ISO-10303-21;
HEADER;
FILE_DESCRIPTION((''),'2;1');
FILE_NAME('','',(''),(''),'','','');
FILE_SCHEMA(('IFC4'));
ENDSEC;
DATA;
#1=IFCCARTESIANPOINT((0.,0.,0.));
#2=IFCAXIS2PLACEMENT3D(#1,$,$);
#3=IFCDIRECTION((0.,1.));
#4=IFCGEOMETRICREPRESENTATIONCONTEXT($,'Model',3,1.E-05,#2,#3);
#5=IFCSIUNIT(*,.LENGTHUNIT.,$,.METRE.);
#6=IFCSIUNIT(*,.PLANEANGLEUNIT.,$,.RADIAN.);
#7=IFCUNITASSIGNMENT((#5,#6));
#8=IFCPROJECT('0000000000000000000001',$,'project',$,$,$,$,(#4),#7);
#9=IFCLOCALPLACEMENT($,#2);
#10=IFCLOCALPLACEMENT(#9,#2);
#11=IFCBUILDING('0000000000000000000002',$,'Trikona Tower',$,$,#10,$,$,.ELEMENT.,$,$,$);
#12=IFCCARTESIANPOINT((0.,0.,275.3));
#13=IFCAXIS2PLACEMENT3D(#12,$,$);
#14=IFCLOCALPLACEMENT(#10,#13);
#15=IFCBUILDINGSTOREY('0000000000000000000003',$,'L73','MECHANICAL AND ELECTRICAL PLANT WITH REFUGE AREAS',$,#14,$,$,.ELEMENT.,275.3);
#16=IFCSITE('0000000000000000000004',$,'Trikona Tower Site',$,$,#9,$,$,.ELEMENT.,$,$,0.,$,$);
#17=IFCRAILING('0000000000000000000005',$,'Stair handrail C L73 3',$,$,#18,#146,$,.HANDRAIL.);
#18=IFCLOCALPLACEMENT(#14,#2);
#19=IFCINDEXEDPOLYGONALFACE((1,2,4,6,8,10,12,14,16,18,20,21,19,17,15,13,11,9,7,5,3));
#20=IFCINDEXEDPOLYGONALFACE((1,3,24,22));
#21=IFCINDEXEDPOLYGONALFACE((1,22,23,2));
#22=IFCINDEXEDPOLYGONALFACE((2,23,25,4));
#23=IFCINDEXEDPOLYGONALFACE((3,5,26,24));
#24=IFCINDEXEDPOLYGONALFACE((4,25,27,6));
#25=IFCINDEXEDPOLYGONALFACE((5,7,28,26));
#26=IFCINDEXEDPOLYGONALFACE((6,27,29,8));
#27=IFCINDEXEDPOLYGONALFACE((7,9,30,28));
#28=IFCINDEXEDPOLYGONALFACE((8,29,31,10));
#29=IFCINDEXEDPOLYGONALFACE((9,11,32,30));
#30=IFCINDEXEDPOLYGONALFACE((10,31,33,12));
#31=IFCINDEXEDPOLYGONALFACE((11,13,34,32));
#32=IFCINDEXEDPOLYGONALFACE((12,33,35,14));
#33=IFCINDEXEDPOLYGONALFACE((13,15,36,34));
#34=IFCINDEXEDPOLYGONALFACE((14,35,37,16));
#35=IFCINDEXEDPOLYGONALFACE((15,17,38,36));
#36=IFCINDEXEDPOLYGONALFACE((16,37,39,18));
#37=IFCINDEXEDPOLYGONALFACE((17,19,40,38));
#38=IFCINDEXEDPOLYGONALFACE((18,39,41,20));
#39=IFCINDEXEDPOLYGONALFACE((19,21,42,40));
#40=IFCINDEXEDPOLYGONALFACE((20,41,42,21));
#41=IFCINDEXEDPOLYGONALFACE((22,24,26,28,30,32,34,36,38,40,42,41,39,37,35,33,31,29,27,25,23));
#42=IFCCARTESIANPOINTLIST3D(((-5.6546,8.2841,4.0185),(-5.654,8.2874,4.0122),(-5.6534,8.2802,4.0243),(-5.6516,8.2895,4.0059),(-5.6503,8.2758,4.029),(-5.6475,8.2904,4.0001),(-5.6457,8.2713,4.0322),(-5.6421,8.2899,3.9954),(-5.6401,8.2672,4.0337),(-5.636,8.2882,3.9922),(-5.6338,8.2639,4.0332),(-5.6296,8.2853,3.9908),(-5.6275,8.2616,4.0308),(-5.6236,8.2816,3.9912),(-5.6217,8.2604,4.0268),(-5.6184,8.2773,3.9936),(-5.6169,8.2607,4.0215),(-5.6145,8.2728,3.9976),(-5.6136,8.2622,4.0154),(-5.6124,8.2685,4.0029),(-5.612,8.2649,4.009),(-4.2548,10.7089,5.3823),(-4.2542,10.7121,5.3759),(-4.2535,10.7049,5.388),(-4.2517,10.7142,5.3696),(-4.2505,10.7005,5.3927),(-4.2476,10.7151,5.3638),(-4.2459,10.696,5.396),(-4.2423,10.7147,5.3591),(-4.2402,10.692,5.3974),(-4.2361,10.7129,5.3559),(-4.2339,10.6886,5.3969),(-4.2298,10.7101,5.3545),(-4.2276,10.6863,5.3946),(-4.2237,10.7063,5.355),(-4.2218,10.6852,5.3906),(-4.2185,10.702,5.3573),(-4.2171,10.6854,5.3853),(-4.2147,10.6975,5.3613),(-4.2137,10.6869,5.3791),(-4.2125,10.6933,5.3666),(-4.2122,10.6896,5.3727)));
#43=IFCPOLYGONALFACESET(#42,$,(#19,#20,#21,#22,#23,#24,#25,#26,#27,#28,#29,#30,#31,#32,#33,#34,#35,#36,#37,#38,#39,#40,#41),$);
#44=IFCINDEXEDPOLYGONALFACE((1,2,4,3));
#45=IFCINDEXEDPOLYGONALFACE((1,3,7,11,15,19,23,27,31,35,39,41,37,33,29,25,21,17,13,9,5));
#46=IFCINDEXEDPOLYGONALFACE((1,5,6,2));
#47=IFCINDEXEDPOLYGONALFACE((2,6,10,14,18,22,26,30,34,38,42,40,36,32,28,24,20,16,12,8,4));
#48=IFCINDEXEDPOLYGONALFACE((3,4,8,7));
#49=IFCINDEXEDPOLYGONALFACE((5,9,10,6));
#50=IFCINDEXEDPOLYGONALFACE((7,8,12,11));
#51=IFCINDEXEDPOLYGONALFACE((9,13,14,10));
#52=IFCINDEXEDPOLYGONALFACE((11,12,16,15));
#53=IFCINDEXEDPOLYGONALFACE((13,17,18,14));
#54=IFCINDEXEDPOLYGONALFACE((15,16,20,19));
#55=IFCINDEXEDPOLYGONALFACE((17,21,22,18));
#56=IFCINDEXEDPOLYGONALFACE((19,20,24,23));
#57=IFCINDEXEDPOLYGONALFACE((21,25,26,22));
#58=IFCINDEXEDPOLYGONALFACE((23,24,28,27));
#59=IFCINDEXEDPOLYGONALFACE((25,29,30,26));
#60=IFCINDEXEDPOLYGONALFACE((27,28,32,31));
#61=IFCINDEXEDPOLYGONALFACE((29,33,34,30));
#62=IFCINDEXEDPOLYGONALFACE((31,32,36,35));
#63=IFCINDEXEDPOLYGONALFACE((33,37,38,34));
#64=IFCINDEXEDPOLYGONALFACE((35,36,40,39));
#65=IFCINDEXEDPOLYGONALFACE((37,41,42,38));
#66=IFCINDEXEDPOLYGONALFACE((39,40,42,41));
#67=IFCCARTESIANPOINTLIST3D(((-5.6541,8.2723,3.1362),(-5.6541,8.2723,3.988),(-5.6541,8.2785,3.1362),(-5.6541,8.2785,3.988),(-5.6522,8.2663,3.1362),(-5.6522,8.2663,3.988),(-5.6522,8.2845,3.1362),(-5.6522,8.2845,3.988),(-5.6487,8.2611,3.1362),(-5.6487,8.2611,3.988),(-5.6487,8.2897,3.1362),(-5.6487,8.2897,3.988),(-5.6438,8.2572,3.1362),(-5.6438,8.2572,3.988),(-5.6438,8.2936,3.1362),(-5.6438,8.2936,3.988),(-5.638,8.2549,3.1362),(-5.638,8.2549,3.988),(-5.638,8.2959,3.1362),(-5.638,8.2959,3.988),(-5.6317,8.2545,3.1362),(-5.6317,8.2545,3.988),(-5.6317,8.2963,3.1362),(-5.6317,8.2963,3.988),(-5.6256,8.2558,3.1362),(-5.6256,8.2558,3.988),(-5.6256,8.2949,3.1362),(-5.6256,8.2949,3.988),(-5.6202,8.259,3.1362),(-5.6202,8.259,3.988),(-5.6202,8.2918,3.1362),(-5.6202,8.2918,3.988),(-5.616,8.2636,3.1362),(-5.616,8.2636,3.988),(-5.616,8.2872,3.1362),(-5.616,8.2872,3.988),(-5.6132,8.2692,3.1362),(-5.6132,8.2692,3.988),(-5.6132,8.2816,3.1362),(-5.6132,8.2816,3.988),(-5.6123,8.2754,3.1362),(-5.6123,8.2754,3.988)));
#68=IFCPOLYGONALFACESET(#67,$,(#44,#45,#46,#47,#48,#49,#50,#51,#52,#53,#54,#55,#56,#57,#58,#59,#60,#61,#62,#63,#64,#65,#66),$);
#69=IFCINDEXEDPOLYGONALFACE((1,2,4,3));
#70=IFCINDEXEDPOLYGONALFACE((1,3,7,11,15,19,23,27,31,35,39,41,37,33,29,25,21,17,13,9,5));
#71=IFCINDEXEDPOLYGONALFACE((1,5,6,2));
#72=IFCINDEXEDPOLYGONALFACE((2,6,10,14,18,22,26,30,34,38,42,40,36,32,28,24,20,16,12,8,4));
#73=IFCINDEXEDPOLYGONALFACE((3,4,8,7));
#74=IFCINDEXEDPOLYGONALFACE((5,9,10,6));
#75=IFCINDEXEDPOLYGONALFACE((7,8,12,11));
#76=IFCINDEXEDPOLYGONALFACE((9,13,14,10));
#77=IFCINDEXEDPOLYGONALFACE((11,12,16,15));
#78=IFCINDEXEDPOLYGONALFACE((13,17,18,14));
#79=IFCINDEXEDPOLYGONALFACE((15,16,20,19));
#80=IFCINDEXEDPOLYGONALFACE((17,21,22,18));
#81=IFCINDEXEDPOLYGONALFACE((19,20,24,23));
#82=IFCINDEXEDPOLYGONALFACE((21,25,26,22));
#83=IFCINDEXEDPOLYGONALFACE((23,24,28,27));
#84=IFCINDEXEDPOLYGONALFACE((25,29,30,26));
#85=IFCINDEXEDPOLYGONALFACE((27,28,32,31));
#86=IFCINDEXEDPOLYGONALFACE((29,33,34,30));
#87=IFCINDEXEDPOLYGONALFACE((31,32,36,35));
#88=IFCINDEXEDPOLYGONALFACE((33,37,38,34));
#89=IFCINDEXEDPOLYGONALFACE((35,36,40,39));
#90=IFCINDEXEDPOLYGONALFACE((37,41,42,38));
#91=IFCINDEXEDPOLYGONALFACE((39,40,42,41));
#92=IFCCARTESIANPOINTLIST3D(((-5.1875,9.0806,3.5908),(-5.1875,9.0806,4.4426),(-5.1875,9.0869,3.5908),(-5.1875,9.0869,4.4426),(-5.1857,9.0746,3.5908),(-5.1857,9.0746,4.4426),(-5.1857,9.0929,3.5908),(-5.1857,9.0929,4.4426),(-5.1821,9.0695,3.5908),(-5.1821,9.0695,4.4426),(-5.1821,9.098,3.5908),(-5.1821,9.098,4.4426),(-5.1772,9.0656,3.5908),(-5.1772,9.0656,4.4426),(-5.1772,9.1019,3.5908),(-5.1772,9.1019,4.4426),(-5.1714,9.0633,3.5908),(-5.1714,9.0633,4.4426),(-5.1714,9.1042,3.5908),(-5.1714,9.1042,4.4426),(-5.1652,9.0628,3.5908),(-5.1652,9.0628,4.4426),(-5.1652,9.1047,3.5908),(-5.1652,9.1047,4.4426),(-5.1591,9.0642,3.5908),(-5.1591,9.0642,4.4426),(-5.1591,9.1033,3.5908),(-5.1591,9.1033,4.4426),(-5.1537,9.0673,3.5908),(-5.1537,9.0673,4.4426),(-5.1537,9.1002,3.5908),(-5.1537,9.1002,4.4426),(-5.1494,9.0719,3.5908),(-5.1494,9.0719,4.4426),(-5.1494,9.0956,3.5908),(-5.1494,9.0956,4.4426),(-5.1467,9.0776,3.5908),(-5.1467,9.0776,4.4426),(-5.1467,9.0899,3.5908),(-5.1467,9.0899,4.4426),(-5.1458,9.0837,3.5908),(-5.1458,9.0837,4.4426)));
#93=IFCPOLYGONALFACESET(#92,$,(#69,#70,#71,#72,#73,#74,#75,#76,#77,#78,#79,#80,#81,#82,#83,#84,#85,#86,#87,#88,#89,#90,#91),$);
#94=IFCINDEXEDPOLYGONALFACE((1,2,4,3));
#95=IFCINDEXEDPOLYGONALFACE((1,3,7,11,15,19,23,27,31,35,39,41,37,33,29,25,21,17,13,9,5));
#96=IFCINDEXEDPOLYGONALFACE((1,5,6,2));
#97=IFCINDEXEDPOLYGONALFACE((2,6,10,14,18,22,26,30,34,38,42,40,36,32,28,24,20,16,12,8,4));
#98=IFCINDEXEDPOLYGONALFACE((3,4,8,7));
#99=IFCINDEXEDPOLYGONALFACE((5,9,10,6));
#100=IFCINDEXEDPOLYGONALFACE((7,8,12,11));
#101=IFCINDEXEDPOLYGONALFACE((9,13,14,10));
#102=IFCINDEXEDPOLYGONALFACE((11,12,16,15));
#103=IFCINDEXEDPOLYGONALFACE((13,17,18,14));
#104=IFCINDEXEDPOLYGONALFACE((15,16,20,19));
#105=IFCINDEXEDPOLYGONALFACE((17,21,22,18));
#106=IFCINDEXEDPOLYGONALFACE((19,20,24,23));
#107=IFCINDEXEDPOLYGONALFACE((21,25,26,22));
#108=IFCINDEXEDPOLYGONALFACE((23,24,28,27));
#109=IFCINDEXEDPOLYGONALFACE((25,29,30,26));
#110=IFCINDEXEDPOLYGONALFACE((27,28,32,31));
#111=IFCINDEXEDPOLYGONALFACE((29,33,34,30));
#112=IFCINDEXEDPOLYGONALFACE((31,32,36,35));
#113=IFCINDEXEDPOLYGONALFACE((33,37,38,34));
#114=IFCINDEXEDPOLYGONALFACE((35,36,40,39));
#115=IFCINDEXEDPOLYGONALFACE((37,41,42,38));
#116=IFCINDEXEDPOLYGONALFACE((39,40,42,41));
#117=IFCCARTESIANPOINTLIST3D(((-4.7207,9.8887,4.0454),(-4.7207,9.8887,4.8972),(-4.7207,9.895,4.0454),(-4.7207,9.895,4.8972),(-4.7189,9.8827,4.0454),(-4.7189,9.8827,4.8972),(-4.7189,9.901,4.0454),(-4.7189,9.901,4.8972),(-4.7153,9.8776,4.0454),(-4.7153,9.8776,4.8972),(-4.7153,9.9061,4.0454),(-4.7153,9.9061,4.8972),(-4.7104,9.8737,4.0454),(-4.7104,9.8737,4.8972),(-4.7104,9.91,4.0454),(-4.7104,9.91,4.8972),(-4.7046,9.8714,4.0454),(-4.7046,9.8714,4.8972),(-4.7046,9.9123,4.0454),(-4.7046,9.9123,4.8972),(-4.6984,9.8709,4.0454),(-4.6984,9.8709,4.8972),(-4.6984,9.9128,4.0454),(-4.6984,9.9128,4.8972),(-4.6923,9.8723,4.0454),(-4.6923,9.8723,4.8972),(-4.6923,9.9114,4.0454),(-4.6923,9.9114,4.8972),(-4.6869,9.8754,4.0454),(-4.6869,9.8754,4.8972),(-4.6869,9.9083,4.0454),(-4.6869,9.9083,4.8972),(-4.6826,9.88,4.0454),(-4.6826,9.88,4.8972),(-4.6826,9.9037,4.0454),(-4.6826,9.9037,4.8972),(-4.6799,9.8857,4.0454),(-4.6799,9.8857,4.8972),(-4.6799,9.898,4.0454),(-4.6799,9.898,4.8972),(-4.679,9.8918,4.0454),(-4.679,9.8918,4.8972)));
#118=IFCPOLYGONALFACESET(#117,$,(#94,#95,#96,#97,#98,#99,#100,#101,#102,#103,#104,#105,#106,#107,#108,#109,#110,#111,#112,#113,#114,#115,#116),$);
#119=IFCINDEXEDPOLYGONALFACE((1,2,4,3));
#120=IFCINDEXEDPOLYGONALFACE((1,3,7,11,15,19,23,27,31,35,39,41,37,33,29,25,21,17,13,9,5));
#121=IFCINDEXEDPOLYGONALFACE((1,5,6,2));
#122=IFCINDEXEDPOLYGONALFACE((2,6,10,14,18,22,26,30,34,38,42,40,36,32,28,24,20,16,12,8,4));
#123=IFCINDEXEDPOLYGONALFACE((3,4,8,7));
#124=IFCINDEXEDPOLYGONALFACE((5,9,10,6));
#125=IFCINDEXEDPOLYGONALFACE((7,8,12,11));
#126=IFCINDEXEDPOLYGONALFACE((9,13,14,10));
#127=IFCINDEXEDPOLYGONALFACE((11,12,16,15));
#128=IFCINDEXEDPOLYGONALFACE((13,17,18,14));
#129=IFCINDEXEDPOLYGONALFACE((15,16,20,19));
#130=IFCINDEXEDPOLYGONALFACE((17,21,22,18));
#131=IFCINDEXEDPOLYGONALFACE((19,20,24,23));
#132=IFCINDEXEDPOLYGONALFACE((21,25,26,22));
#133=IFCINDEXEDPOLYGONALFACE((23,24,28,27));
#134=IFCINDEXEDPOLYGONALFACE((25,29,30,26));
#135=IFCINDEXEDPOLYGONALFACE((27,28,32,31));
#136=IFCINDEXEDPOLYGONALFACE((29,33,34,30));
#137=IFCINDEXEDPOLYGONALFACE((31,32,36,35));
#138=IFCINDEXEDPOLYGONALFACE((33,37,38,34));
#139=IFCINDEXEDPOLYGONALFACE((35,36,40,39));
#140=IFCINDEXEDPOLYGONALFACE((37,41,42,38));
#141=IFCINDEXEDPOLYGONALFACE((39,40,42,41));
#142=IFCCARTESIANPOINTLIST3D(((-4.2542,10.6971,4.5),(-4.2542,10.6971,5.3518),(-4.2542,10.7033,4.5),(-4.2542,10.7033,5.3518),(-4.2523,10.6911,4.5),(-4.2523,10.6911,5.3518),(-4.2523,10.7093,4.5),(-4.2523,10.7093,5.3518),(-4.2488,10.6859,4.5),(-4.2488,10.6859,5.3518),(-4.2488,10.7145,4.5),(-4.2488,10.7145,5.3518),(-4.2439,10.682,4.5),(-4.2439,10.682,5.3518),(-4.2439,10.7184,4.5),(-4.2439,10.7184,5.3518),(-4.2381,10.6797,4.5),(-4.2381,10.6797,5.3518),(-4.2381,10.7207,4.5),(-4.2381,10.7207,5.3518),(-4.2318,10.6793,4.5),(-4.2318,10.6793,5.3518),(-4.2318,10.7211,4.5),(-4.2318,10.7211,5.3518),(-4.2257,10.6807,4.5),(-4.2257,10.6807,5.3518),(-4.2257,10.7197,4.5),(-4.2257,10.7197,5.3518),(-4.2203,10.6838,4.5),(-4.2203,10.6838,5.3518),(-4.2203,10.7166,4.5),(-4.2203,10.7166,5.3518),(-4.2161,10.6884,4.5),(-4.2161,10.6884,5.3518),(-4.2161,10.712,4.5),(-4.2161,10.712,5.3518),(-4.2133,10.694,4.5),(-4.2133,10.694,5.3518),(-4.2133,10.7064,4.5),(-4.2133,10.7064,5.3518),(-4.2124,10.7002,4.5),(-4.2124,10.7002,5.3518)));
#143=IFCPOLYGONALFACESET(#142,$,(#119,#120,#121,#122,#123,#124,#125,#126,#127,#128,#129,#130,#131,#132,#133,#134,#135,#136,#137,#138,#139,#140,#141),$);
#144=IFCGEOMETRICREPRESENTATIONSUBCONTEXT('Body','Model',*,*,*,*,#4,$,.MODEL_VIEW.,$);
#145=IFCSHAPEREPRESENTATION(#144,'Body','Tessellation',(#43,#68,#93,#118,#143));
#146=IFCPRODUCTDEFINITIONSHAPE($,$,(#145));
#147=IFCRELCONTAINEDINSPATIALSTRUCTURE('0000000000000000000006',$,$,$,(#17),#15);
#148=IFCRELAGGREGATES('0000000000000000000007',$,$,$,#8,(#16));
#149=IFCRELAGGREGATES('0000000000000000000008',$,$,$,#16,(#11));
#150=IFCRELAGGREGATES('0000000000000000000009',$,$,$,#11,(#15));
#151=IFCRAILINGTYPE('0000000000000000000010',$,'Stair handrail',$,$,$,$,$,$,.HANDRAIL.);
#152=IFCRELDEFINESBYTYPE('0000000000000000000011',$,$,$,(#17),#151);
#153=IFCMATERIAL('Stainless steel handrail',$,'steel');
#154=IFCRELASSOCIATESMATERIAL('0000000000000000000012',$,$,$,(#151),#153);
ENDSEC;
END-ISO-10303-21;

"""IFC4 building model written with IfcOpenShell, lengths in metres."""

from ifc_helpers import new_model, si_unit, direction, frame, origin, origin_2d, place, context, subcontext, project, spatial, circle, extrude, material, type_object, element, save


model = new_model("IFC4")

# Units and contexts
model_context = context("Model", 3, precision=1e-05, world=origin(), true_north=direction((0.0, 1.0)))
body_context = subcontext(model_context, "Body", "Model", "MODEL_VIEW")
ifc_project = project(units=[si_unit("LENGTHUNIT", "METRE"), si_unit("PLANEANGLEUNIT", "RADIAN")], contexts=[model_context])

# Site, building, storey
site_placement = place(None, origin())
site = spatial("IfcSite", under=ifc_project, at=site_placement, Name="Trikona Tower Site", CompositionType="ELEMENT", RefElevation=0.0)
building_placement = place(site_placement, origin())
building = spatial("IfcBuilding", under=site, at=building_placement, Name="Trikona Tower", CompositionType="ELEMENT")
storey_placement = place(building_placement, frame((0.0, 0.0, 275.3)))
storey = spatial("IfcBuildingStorey", under=building, at=storey_placement, Name="L73", Description="MECHANICAL AND ELECTRICAL PLANT WITH REFUGE AREAS", CompositionType="ELEMENT", Elevation=275.3)

# Railing
ifc_material_1 = material(Name="Stainless steel handrail", Category="steel")
railing_type = type_object("IfcRailingType", Name="Stair handrail", PredefinedType="HANDRAIL", material=ifc_material_1)
for number, where, name in (
    (1, (-5.6333, 8.2754, 3.1362), "Stair handrail C L73 3"),
):
    element("IfcRailing", number, at=place(storey_placement, frame(where)), inside=storey, type_object=railing_type, Name=name, PredefinedType="HANDRAIL", context=body_context, shape_type="SweptSolid", body=[
        extrude(circle(Radius=0.0239, at=origin_2d()), frame((0.0, 0.0, 0.876), z_axis=(0.449498, 0.778587, 0.437896), x_axis=(-0.866035, 0.499984, 0.0)), (0.0, 0.0, 1.0), 3.1143),
        extrude(circle(Radius=0.021, at=origin_2d()), origin(), (0.0, 0.0, 1.0), 0.8518),
        extrude(circle(Radius=0.021, at=origin_2d()), frame((0.4666, 0.8083, 0.4546)), (0.0, 0.0, 1.0), 0.8518),
        extrude(circle(Radius=0.021, at=origin_2d()), frame((0.9333, 1.6165, 0.9092)), (0.0, 0.0, 1.0), 0.8518),
        extrude(circle(Radius=0.021, at=origin_2d()), frame((1.3999, 2.4248, 1.3638)), (0.0, 0.0, 1.0), 0.8518),
    ])

save(model, "model.ifc")
